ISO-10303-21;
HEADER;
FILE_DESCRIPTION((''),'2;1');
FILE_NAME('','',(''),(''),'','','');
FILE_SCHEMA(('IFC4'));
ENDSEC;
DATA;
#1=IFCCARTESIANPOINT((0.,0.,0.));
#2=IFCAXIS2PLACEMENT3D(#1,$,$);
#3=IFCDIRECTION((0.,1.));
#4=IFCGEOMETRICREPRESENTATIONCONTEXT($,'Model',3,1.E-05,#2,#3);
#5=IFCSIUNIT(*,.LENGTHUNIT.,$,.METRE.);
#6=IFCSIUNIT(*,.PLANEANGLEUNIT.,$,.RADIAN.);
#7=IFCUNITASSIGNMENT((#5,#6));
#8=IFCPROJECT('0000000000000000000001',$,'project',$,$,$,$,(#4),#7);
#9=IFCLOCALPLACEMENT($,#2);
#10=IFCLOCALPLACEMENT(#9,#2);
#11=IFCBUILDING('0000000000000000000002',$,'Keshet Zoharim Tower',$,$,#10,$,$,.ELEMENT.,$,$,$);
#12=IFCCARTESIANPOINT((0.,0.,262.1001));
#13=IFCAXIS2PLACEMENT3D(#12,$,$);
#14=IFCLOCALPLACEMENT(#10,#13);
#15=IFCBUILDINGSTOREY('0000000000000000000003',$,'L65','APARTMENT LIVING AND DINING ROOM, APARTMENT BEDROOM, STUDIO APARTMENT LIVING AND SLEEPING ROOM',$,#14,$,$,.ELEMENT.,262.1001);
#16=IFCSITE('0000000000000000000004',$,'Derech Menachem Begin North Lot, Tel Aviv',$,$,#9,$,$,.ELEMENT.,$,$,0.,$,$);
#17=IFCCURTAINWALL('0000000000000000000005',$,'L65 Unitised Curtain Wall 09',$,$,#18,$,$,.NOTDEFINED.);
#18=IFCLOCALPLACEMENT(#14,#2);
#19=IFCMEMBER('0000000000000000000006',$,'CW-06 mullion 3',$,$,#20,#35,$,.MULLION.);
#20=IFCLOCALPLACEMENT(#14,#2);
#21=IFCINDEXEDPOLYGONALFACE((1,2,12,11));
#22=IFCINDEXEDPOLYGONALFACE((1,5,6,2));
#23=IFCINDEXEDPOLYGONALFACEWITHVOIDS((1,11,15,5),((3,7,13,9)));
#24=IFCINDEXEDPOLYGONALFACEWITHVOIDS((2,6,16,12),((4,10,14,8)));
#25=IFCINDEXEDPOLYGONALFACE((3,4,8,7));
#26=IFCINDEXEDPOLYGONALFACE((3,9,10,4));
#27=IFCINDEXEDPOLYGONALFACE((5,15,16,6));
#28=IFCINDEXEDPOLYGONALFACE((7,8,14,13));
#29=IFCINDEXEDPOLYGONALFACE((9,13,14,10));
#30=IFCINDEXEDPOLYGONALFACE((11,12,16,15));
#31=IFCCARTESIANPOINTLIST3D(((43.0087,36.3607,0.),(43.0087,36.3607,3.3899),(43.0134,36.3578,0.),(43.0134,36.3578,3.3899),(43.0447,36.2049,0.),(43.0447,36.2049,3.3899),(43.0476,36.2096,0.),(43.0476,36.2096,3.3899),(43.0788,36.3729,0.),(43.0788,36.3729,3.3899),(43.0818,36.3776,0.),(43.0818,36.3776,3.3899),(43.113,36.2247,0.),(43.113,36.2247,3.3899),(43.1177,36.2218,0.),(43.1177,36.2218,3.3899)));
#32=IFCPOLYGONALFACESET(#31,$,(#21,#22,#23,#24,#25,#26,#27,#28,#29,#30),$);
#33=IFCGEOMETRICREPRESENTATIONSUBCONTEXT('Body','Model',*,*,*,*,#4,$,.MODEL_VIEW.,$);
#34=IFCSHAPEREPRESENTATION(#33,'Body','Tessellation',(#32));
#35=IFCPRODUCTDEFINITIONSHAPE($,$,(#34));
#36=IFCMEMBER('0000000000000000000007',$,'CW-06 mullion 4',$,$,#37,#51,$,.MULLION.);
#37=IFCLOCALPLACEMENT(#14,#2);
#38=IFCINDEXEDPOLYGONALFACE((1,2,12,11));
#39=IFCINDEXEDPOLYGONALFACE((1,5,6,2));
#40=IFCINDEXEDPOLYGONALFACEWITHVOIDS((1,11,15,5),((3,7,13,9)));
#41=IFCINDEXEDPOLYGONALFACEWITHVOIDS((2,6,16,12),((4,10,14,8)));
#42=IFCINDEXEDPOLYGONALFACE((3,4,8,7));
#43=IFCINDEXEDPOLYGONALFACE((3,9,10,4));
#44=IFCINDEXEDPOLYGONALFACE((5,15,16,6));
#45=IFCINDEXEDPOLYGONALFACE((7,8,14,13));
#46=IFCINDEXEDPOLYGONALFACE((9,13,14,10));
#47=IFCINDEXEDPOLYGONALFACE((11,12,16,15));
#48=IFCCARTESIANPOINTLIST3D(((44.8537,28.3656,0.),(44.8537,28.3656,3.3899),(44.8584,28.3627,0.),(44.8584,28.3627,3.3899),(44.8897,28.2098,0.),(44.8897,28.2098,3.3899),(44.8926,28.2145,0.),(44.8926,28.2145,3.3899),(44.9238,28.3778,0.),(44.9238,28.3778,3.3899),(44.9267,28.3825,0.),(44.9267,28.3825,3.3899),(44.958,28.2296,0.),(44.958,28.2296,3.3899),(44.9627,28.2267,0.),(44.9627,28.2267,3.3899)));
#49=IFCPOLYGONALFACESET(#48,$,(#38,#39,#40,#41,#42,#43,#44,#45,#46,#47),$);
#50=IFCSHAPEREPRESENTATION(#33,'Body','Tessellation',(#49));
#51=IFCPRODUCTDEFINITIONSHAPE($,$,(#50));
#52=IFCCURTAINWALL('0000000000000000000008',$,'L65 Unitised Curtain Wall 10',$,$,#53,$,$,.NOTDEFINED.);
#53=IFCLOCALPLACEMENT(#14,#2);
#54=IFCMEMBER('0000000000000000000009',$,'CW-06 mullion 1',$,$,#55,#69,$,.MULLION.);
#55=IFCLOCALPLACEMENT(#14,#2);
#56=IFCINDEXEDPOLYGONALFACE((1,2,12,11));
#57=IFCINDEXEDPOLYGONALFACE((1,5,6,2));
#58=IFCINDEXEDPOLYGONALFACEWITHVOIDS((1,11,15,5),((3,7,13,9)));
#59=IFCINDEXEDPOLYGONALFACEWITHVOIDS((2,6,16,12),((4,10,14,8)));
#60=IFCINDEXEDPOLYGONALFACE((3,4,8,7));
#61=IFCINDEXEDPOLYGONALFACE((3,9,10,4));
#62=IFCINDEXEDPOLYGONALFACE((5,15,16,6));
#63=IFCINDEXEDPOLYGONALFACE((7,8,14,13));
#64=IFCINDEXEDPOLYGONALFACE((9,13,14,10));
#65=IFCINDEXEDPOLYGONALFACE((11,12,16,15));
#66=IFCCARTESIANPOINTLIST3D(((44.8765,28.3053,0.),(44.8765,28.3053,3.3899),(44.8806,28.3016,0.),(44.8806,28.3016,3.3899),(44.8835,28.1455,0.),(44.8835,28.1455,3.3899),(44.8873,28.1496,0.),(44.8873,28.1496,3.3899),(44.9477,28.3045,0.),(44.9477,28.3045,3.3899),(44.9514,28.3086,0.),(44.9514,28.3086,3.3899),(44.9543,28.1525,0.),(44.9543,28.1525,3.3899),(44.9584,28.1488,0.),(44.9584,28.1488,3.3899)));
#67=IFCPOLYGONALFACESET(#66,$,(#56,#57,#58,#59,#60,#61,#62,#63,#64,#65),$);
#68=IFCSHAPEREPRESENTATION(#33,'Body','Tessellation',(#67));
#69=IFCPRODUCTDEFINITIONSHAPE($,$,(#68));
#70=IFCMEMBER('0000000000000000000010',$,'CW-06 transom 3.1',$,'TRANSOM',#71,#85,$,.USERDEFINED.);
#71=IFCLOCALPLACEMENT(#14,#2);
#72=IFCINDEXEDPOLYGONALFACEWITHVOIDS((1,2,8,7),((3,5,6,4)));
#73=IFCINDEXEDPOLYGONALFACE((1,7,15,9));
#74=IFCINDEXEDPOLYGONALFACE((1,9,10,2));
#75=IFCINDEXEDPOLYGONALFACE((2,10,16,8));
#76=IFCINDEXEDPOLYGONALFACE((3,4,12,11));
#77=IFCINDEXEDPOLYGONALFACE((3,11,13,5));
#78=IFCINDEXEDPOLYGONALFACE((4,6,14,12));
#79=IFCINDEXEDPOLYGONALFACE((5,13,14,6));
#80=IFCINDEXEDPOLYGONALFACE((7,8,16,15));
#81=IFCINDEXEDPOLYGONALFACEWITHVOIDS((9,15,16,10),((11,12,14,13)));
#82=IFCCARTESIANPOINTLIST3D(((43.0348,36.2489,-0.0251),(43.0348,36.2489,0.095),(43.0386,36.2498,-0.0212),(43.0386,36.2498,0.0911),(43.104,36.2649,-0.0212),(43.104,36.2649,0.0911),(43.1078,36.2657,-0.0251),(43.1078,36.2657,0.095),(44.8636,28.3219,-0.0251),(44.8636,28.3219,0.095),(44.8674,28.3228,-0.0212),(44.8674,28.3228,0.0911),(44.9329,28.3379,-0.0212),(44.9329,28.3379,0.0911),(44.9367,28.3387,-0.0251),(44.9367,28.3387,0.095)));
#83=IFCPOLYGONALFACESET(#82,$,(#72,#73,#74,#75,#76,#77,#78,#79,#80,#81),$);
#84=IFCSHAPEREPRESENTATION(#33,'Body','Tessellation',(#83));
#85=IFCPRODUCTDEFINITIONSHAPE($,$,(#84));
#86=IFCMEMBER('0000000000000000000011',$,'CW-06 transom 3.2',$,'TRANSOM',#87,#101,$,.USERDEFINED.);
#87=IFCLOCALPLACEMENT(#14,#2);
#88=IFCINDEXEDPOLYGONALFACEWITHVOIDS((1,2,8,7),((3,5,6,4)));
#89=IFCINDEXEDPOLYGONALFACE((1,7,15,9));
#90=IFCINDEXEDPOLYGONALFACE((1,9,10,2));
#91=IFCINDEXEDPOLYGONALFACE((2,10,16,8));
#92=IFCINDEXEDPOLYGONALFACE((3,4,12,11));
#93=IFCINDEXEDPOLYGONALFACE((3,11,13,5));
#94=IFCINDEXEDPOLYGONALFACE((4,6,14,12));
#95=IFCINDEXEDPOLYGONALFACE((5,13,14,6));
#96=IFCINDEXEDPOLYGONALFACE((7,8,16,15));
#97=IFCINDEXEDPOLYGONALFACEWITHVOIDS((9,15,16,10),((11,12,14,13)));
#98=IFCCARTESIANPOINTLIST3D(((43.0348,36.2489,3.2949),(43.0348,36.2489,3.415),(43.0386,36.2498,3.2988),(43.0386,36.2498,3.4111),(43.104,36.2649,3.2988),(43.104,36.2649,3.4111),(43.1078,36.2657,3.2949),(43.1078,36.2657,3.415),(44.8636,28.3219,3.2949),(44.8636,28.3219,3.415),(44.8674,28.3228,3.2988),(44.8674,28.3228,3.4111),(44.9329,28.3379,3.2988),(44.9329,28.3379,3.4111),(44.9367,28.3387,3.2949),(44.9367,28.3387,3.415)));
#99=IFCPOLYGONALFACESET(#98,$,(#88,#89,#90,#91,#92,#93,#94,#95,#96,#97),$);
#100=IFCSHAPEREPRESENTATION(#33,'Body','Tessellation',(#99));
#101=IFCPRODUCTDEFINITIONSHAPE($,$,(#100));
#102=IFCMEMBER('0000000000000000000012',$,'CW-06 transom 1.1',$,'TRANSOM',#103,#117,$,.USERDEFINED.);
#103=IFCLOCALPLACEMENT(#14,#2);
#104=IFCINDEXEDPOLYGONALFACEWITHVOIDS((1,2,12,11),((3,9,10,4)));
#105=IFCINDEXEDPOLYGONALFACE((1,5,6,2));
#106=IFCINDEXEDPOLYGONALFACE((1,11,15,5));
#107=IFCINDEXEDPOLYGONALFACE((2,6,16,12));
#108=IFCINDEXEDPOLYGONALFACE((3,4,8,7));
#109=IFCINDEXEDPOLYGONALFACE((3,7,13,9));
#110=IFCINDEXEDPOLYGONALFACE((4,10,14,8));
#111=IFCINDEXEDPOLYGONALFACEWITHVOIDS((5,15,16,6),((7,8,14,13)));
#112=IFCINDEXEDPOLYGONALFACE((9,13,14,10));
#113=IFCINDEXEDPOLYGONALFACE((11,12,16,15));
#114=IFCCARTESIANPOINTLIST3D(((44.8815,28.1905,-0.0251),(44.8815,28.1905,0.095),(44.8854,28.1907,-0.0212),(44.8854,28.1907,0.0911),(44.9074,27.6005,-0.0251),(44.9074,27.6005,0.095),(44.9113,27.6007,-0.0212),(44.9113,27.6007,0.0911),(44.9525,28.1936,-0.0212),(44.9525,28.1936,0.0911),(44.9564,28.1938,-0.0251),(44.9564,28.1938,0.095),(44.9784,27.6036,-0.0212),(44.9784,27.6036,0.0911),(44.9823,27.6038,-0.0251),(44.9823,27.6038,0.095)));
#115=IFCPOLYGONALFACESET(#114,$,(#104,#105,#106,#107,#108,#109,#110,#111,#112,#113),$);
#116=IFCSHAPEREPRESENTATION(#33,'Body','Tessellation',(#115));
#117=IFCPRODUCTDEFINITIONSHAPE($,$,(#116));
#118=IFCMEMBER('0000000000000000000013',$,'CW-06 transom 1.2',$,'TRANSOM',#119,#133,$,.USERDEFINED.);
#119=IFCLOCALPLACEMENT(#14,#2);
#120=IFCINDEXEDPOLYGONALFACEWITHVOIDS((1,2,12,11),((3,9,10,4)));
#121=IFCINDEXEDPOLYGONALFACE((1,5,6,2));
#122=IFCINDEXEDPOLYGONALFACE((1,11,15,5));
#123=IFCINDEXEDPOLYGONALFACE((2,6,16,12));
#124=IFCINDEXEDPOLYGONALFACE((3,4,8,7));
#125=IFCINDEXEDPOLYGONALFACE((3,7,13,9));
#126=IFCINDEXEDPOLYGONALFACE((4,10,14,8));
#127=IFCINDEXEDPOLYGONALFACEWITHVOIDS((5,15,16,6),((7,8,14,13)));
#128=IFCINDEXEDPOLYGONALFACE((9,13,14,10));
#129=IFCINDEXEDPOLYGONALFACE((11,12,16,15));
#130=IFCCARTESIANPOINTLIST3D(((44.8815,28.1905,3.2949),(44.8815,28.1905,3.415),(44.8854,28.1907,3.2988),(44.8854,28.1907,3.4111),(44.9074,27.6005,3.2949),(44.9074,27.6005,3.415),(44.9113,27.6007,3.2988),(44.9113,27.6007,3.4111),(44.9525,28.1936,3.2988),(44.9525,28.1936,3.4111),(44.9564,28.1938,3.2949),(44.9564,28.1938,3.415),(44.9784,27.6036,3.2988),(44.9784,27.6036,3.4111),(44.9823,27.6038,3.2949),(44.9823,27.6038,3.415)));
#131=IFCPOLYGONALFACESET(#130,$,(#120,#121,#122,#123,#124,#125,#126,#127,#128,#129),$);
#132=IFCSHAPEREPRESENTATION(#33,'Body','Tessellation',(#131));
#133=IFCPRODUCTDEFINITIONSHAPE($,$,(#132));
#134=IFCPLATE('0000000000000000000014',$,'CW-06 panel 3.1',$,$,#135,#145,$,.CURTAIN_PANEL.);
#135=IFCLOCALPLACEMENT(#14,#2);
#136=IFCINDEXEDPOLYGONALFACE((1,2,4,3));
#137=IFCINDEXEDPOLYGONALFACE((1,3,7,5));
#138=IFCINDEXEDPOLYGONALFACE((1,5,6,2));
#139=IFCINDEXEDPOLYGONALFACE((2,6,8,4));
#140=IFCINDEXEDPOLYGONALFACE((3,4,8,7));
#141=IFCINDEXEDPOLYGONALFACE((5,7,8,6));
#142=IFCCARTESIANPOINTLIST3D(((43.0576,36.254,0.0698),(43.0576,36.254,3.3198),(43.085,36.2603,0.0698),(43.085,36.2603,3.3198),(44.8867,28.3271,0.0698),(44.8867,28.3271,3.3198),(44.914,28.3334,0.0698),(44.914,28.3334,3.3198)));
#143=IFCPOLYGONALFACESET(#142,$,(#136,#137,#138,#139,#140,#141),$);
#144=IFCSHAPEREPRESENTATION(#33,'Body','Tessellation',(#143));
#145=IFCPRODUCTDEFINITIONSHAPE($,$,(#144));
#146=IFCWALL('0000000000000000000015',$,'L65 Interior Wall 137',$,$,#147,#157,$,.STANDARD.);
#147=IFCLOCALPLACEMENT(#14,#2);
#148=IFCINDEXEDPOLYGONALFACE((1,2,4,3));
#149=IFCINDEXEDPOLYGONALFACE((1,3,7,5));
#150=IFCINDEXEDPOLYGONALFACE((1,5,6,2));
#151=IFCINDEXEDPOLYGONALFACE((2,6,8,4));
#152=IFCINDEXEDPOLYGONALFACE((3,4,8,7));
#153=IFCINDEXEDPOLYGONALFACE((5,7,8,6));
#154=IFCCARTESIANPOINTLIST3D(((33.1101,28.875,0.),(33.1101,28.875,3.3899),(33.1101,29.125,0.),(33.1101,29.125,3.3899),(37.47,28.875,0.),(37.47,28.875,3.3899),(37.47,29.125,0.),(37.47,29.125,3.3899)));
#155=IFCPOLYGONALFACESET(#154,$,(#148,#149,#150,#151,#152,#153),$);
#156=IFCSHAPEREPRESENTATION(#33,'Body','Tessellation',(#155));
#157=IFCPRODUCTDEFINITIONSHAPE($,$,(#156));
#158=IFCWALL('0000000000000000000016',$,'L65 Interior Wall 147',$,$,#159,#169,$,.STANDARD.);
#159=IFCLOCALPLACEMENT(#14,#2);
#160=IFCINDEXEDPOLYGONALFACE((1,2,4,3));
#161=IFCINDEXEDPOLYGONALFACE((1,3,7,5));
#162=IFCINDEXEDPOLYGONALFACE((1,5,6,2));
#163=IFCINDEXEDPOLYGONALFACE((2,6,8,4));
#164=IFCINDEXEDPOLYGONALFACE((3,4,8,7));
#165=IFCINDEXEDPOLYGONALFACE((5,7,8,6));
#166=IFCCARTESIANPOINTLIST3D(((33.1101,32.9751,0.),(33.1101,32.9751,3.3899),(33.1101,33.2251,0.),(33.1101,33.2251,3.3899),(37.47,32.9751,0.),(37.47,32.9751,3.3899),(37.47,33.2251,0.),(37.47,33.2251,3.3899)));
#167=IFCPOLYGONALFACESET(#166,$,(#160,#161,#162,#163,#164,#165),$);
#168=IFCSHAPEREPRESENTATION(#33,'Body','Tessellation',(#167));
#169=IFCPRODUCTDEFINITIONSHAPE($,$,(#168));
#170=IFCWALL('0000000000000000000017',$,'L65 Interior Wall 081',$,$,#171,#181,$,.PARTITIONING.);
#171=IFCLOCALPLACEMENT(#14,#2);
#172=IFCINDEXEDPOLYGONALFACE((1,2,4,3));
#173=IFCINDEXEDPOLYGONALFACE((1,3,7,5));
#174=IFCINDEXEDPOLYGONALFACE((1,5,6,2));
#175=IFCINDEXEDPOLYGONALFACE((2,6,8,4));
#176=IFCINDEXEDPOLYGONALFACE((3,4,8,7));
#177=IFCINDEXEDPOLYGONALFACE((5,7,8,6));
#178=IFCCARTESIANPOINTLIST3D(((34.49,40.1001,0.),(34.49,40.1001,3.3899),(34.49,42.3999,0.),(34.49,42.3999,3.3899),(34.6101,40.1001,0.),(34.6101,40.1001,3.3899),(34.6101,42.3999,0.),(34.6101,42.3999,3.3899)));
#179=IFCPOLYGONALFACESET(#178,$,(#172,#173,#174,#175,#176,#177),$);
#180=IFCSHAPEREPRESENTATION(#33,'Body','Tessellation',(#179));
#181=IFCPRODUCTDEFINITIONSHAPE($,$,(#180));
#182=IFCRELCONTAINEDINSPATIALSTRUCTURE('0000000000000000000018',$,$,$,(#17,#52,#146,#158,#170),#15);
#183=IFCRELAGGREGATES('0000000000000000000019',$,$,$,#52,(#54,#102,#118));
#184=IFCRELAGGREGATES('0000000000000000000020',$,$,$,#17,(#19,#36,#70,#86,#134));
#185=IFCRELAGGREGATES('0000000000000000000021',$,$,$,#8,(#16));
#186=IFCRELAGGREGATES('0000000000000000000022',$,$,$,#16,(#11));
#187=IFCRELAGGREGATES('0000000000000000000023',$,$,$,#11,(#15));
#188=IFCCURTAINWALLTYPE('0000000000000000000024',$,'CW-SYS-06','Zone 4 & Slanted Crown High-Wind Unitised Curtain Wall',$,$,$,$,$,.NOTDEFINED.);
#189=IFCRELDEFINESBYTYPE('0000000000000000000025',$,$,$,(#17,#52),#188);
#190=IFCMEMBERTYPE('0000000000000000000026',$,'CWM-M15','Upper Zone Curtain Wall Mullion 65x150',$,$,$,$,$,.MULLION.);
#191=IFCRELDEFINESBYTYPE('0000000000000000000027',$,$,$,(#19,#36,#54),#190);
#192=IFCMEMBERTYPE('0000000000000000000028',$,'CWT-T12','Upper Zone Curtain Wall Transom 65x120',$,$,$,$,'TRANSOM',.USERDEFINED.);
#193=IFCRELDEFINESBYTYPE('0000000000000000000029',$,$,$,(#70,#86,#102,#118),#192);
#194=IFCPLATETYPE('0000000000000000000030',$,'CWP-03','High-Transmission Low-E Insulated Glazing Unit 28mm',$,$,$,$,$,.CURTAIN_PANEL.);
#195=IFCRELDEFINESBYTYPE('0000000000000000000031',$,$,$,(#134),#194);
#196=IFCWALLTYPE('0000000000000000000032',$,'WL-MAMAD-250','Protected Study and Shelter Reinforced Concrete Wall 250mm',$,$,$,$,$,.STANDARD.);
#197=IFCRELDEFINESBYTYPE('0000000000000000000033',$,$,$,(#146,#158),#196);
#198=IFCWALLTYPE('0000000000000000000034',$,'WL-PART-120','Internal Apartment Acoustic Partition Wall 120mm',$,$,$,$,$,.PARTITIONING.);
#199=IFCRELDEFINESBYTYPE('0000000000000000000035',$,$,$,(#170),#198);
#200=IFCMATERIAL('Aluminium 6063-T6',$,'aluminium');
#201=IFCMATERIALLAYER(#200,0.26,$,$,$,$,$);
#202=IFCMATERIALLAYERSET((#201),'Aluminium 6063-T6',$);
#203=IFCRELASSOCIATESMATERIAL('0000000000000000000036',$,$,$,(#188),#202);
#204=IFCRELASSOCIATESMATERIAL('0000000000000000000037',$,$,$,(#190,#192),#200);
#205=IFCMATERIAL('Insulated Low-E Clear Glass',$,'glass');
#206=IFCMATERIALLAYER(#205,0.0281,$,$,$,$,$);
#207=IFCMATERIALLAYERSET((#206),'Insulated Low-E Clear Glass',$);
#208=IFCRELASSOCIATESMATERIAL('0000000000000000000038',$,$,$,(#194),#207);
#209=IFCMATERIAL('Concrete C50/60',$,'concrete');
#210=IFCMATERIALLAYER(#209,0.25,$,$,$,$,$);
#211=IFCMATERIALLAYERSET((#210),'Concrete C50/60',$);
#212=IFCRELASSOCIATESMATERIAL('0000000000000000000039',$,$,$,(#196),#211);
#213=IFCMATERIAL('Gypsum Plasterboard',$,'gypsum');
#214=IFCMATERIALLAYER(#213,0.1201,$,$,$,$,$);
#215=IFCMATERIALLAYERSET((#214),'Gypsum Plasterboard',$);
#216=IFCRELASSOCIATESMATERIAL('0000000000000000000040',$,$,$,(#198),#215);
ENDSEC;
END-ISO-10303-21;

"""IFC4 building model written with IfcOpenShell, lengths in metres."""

from ifc_helpers import new_model, si_unit, direction, frame, frame_2d, origin, origin_2d, place, context, subcontext, project, spatial, rectangle, hollow_rectangle, extrude, material, layer, layer_set, material_profile, profile_set, type_object, element, aggregate, save


model = new_model("IFC4")

# Units and contexts
model_context = context("Model", 3, precision=1e-05, world=origin(), true_north=direction((0.0, 1.0)))
body_context = subcontext(model_context, "Body", "Model", "MODEL_VIEW")
ifc_project = project(units=[si_unit("LENGTHUNIT", "METRE"), si_unit("PLANEANGLEUNIT", "RADIAN")], contexts=[model_context])

# Site, building, storey
site_placement = place(None, origin())
site = spatial("IfcSite", under=ifc_project, at=site_placement, Name="Derech Menachem Begin North Lot, Tel Aviv", CompositionType="ELEMENT", RefElevation=0.0)
building_placement = place(site_placement, origin())
building = spatial("IfcBuilding", under=site, at=building_placement, Name="Keshet Zoharim Tower", CompositionType="ELEMENT")
storey_placement = place(building_placement, frame((0.0, 0.0, 262.1001)))
storey = spatial("IfcBuildingStorey", under=building, at=storey_placement, Name="L65", Description="APARTMENT LIVING AND DINING ROOM, APARTMENT BEDROOM, STUDIO APARTMENT LIVING AND SLEEPING ROOM", CompositionType="ELEMENT", Elevation=262.1001)

# Curtain wall, members
ifc_material_1 = material(Name="Aluminium 6063-T6", Category="aluminium")
ifc_layer_1 = layer(ifc_material_1, 0.26)
ifc_layer_set_1 = layer_set([ifc_layer_1], Name="Aluminium 6063-T6")
curtain_wall_type = type_object("IfcCurtainWallType", Name="CW-SYS-06", Description="Zone 4 & Slanted Crown High-Wind Unitised Curtain Wall", PredefinedType="NOTDEFINED", material=ifc_layer_set_1)
curtain_wall_1_placement = place(storey_placement, origin())
curtain_wall_1 = element("IfcCurtainWall", 1, at=curtain_wall_1_placement, inside=storey, type_object=curtain_wall_type, Name="L65 Unitised Curtain Wall 09", PredefinedType="NOTDEFINED")
ifc_material_profile_1 = material_profile(ifc_material_1, hollow_rectangle(XDim=0.075, YDim=0.1599, WallThickness=0.0039, at=origin_2d()), Name="MUL-75x160")
ifc_profile_set_1 = profile_set([ifc_material_profile_1], Name="Aluminium 6063-T6")
member_type_1 = type_object("IfcMemberType", Name="CWM-M15", Description="Upper Zone Curtain Wall Mullion 65x150", PredefinedType="MULLION", material=ifc_profile_set_1)
member_1_placement = place(storey_placement, frame((43.0632, 36.2913, 0.0), z_axis=(0.0, 0.0, 1.0), x_axis=(0.974398, 0.22483, 0.0)))
member_1 = element("IfcMember", 2, at=member_1_placement, type_object=member_type_1, Name="CW-06 mullion 3", PredefinedType="MULLION", context=body_context, shape_type="SweptSolid", body=[
    extrude(hollow_rectangle(XDim=0.075, YDim=0.1599, WallThickness=0.0039, at=origin_2d()), origin(), (0.0, 0.0, 1.0), 3.3899),
])
member_2_placement = place(storey_placement, frame((44.9082, 28.2961, 0.0), z_axis=(0.0, 0.0, 1.0), x_axis=(0.974398, 0.22483, 0.0)))
member_2 = element("IfcMember", 3, at=member_2_placement, type_object=member_type_1, Name="CW-06 mullion 4", PredefinedType="MULLION", context=body_context, shape_type="SweptSolid", body=[
    extrude(hollow_rectangle(XDim=0.075, YDim=0.1599, WallThickness=0.0039, at=origin_2d()), origin(), (0.0, 0.0, 1.0), 3.3899),
])

# Curtain wall, member
curtain_wall_2_placement = place(storey_placement, origin())
curtain_wall_2 = element("IfcCurtainWall", 4, at=curtain_wall_2_placement, inside=storey, type_object=curtain_wall_type, Name="L65 Unitised Curtain Wall 10", PredefinedType="NOTDEFINED")
member_3_placement = place(storey_placement, frame((44.9175, 28.2271, 0.0), z_axis=(0.0, 0.0, 1.0), x_axis=(0.999041, 0.043794, 0.0)))
member_3 = element("IfcMember", 5, at=member_3_placement, type_object=member_type_1, Name="CW-06 mullion 1", PredefinedType="MULLION", context=body_context, shape_type="SweptSolid", body=[
    extrude(hollow_rectangle(XDim=0.075, YDim=0.1599, WallThickness=0.0039, at=origin_2d()), origin(), (0.0, 0.0, 1.0), 3.3899),
])

# Members
ifc_material_profile_2 = material_profile(ifc_material_1, hollow_rectangle(XDim=0.075, YDim=0.1201, WallThickness=0.0039, at=origin_2d()), Name="TRN-75x120")
ifc_profile_set_2 = profile_set([ifc_material_profile_2], Name="Aluminium 6063-T6")
member_type_2 = type_object("IfcMemberType", Name="CWT-T12", Description="Upper Zone Curtain Wall Transom 65x120", ElementType="TRANSOM", PredefinedType="USERDEFINED", material=ifc_profile_set_2)
member_4_placement = place(storey_placement, frame((43.0713, 36.2573, 0.0349), z_axis=(0.224807, -0.974403, 0.0), x_axis=(0.974403, 0.224807, 0.0)))
member_4 = element("IfcMember", 6, at=member_4_placement, type_object=member_type_2, Name="CW-06 transom 3.1", ObjectType="TRANSOM", PredefinedType="USERDEFINED", context=body_context, shape_type="SweptSolid", body=[
    extrude(hollow_rectangle(XDim=0.075, YDim=0.1201, WallThickness=0.0039, at=origin_2d()), origin(), (0.0, 0.0, 1.0), 8.1353),
])
member_5_placement = place(storey_placement, frame((43.0713, 36.2573, 3.355), z_axis=(0.224807, -0.974403, 0.0), x_axis=(0.974403, 0.224807, 0.0)))
member_5 = element("IfcMember", 7, at=member_5_placement, type_object=member_type_2, Name="CW-06 transom 3.2", ObjectType="TRANSOM", PredefinedType="USERDEFINED", context=body_context, shape_type="SweptSolid", body=[
    extrude(hollow_rectangle(XDim=0.075, YDim=0.1201, WallThickness=0.0039, at=origin_2d()), origin(), (0.0, 0.0, 1.0), 8.1353),
])
member_6_placement = place(storey_placement, frame((44.9189, 28.1921, 0.0349), z_axis=(0.043814, -0.99904, 0.0), x_axis=(0.99904, 0.043814, 0.0)))
member_6 = element("IfcMember", 8, at=member_6_placement, type_object=member_type_2, Name="CW-06 transom 1.1", ObjectType="TRANSOM", PredefinedType="USERDEFINED", context=body_context, shape_type="SweptSolid", body=[
    extrude(hollow_rectangle(XDim=0.075, YDim=0.1201, WallThickness=0.0039, at=origin_2d()), origin(), (0.0, 0.0, 1.0), 0.5906),
])
member_7_placement = place(storey_placement, frame((44.9189, 28.1921, 3.355), z_axis=(0.043814, -0.99904, 0.0), x_axis=(0.99904, 0.043814, 0.0)))
member_7 = element("IfcMember", 9, at=member_7_placement, type_object=member_type_2, Name="CW-06 transom 1.2", ObjectType="TRANSOM", PredefinedType="USERDEFINED", context=body_context, shape_type="SweptSolid", body=[
    extrude(hollow_rectangle(XDim=0.075, YDim=0.1201, WallThickness=0.0039, at=origin_2d()), origin(), (0.0, 0.0, 1.0), 0.5906),
])
aggregate(curtain_wall_2, [member_3, member_6, member_7])

# Plate
ifc_material_2 = material(Name="Insulated Low-E Clear Glass", Category="glass")
ifc_layer_2 = layer(ifc_material_2, 0.0281)
ifc_layer_set_2 = layer_set([ifc_layer_2], Name="Insulated Low-E Clear Glass")
plate_type = type_object("IfcPlateType", Name="CWP-03", Description="High-Transmission Low-E Insulated Glazing Unit 28mm", PredefinedType="CURTAIN_PANEL", material=ifc_layer_set_2)
plate_placement = place(storey_placement, frame((43.9858, 32.2937, 0.0698), z_axis=(0.0, 0.0, 1.0), x_axis=(0.22483, -0.974398, 0.0)))
plate = element("IfcPlate", 10, at=plate_placement, type_object=plate_type, Name="CW-06 panel 3.1", PredefinedType="CURTAIN_PANEL", context=body_context, shape_type="SweptSolid", body=[
    extrude(rectangle(XDim=8.1353, YDim=0.0281, at=origin_2d()), origin(), (0.0, 0.0, 1.0), 3.25),
])
aggregate(curtain_wall_1, [member_1, member_2, member_4, member_5, plate])

# Shared definitions
ifc_material_3 = material(Name="Concrete C50/60", Category="concrete")
ifc_layer_3 = layer(ifc_material_3, 0.25)
ifc_layer_set_3 = layer_set([ifc_layer_3], Name="Concrete C50/60")
wall_type_1 = type_object("IfcWallType", Name="WL-MAMAD-250", Description="Protected Study and Shelter Reinforced Concrete Wall 250mm", PredefinedType="STANDARD", material=ifc_layer_set_3)

# Walls
for number, where, z_axis, x_axis, name in (
    (11, (33.1101, 29.0, 0.0), (0.0, 0.0, 1.0), (1.0, 0.0, 0.0), "L65 Interior Wall 137"),
    (12, (33.1101, 33.1001, 0.0), (0.0, 0.0, 1.0), (1.0, 0.0, 0.0), "L65 Interior Wall 147"),
):
    element("IfcWall", number, at=place(storey_placement, frame(where, z_axis=z_axis, x_axis=x_axis)), inside=storey, type_object=wall_type_1, Name=name, PredefinedType="STANDARD", context=body_context, shape_type="SweptSolid", body=[
        extrude(rectangle(XDim=4.3599, YDim=0.25, at=frame_2d((2.1799, 0.0))), origin(), (0.0, 0.0, 1.0), 3.3899),
    ])
ifc_material_4 = material(Name="Gypsum Plasterboard", Category="gypsum")
ifc_layer_4 = layer(ifc_material_4, 0.1201)
ifc_layer_set_4 = layer_set([ifc_layer_4], Name="Gypsum Plasterboard")
wall_type_2 = type_object("IfcWallType", Name="WL-PART-120", Description="Internal Apartment Acoustic Partition Wall 120mm", PredefinedType="PARTITIONING", material=ifc_layer_set_4)
wall_1_placement = place(storey_placement, frame((34.55, 40.1001, 0.0), z_axis=(0.0, 0.0, 1.0), x_axis=(0.0, 1.0, 0.0)))
element("IfcWall", 13, at=wall_1_placement, inside=storey, type_object=wall_type_2, Name="L65 Interior Wall 081", PredefinedType="PARTITIONING", context=body_context, shape_type="SweptSolid", body=[
    extrude(rectangle(XDim=2.2998, YDim=0.1201, at=frame_2d((1.1499, 0.0))), origin(), (0.0, 0.0, 1.0), 3.3899),
])

save(model, "model.ifc")
